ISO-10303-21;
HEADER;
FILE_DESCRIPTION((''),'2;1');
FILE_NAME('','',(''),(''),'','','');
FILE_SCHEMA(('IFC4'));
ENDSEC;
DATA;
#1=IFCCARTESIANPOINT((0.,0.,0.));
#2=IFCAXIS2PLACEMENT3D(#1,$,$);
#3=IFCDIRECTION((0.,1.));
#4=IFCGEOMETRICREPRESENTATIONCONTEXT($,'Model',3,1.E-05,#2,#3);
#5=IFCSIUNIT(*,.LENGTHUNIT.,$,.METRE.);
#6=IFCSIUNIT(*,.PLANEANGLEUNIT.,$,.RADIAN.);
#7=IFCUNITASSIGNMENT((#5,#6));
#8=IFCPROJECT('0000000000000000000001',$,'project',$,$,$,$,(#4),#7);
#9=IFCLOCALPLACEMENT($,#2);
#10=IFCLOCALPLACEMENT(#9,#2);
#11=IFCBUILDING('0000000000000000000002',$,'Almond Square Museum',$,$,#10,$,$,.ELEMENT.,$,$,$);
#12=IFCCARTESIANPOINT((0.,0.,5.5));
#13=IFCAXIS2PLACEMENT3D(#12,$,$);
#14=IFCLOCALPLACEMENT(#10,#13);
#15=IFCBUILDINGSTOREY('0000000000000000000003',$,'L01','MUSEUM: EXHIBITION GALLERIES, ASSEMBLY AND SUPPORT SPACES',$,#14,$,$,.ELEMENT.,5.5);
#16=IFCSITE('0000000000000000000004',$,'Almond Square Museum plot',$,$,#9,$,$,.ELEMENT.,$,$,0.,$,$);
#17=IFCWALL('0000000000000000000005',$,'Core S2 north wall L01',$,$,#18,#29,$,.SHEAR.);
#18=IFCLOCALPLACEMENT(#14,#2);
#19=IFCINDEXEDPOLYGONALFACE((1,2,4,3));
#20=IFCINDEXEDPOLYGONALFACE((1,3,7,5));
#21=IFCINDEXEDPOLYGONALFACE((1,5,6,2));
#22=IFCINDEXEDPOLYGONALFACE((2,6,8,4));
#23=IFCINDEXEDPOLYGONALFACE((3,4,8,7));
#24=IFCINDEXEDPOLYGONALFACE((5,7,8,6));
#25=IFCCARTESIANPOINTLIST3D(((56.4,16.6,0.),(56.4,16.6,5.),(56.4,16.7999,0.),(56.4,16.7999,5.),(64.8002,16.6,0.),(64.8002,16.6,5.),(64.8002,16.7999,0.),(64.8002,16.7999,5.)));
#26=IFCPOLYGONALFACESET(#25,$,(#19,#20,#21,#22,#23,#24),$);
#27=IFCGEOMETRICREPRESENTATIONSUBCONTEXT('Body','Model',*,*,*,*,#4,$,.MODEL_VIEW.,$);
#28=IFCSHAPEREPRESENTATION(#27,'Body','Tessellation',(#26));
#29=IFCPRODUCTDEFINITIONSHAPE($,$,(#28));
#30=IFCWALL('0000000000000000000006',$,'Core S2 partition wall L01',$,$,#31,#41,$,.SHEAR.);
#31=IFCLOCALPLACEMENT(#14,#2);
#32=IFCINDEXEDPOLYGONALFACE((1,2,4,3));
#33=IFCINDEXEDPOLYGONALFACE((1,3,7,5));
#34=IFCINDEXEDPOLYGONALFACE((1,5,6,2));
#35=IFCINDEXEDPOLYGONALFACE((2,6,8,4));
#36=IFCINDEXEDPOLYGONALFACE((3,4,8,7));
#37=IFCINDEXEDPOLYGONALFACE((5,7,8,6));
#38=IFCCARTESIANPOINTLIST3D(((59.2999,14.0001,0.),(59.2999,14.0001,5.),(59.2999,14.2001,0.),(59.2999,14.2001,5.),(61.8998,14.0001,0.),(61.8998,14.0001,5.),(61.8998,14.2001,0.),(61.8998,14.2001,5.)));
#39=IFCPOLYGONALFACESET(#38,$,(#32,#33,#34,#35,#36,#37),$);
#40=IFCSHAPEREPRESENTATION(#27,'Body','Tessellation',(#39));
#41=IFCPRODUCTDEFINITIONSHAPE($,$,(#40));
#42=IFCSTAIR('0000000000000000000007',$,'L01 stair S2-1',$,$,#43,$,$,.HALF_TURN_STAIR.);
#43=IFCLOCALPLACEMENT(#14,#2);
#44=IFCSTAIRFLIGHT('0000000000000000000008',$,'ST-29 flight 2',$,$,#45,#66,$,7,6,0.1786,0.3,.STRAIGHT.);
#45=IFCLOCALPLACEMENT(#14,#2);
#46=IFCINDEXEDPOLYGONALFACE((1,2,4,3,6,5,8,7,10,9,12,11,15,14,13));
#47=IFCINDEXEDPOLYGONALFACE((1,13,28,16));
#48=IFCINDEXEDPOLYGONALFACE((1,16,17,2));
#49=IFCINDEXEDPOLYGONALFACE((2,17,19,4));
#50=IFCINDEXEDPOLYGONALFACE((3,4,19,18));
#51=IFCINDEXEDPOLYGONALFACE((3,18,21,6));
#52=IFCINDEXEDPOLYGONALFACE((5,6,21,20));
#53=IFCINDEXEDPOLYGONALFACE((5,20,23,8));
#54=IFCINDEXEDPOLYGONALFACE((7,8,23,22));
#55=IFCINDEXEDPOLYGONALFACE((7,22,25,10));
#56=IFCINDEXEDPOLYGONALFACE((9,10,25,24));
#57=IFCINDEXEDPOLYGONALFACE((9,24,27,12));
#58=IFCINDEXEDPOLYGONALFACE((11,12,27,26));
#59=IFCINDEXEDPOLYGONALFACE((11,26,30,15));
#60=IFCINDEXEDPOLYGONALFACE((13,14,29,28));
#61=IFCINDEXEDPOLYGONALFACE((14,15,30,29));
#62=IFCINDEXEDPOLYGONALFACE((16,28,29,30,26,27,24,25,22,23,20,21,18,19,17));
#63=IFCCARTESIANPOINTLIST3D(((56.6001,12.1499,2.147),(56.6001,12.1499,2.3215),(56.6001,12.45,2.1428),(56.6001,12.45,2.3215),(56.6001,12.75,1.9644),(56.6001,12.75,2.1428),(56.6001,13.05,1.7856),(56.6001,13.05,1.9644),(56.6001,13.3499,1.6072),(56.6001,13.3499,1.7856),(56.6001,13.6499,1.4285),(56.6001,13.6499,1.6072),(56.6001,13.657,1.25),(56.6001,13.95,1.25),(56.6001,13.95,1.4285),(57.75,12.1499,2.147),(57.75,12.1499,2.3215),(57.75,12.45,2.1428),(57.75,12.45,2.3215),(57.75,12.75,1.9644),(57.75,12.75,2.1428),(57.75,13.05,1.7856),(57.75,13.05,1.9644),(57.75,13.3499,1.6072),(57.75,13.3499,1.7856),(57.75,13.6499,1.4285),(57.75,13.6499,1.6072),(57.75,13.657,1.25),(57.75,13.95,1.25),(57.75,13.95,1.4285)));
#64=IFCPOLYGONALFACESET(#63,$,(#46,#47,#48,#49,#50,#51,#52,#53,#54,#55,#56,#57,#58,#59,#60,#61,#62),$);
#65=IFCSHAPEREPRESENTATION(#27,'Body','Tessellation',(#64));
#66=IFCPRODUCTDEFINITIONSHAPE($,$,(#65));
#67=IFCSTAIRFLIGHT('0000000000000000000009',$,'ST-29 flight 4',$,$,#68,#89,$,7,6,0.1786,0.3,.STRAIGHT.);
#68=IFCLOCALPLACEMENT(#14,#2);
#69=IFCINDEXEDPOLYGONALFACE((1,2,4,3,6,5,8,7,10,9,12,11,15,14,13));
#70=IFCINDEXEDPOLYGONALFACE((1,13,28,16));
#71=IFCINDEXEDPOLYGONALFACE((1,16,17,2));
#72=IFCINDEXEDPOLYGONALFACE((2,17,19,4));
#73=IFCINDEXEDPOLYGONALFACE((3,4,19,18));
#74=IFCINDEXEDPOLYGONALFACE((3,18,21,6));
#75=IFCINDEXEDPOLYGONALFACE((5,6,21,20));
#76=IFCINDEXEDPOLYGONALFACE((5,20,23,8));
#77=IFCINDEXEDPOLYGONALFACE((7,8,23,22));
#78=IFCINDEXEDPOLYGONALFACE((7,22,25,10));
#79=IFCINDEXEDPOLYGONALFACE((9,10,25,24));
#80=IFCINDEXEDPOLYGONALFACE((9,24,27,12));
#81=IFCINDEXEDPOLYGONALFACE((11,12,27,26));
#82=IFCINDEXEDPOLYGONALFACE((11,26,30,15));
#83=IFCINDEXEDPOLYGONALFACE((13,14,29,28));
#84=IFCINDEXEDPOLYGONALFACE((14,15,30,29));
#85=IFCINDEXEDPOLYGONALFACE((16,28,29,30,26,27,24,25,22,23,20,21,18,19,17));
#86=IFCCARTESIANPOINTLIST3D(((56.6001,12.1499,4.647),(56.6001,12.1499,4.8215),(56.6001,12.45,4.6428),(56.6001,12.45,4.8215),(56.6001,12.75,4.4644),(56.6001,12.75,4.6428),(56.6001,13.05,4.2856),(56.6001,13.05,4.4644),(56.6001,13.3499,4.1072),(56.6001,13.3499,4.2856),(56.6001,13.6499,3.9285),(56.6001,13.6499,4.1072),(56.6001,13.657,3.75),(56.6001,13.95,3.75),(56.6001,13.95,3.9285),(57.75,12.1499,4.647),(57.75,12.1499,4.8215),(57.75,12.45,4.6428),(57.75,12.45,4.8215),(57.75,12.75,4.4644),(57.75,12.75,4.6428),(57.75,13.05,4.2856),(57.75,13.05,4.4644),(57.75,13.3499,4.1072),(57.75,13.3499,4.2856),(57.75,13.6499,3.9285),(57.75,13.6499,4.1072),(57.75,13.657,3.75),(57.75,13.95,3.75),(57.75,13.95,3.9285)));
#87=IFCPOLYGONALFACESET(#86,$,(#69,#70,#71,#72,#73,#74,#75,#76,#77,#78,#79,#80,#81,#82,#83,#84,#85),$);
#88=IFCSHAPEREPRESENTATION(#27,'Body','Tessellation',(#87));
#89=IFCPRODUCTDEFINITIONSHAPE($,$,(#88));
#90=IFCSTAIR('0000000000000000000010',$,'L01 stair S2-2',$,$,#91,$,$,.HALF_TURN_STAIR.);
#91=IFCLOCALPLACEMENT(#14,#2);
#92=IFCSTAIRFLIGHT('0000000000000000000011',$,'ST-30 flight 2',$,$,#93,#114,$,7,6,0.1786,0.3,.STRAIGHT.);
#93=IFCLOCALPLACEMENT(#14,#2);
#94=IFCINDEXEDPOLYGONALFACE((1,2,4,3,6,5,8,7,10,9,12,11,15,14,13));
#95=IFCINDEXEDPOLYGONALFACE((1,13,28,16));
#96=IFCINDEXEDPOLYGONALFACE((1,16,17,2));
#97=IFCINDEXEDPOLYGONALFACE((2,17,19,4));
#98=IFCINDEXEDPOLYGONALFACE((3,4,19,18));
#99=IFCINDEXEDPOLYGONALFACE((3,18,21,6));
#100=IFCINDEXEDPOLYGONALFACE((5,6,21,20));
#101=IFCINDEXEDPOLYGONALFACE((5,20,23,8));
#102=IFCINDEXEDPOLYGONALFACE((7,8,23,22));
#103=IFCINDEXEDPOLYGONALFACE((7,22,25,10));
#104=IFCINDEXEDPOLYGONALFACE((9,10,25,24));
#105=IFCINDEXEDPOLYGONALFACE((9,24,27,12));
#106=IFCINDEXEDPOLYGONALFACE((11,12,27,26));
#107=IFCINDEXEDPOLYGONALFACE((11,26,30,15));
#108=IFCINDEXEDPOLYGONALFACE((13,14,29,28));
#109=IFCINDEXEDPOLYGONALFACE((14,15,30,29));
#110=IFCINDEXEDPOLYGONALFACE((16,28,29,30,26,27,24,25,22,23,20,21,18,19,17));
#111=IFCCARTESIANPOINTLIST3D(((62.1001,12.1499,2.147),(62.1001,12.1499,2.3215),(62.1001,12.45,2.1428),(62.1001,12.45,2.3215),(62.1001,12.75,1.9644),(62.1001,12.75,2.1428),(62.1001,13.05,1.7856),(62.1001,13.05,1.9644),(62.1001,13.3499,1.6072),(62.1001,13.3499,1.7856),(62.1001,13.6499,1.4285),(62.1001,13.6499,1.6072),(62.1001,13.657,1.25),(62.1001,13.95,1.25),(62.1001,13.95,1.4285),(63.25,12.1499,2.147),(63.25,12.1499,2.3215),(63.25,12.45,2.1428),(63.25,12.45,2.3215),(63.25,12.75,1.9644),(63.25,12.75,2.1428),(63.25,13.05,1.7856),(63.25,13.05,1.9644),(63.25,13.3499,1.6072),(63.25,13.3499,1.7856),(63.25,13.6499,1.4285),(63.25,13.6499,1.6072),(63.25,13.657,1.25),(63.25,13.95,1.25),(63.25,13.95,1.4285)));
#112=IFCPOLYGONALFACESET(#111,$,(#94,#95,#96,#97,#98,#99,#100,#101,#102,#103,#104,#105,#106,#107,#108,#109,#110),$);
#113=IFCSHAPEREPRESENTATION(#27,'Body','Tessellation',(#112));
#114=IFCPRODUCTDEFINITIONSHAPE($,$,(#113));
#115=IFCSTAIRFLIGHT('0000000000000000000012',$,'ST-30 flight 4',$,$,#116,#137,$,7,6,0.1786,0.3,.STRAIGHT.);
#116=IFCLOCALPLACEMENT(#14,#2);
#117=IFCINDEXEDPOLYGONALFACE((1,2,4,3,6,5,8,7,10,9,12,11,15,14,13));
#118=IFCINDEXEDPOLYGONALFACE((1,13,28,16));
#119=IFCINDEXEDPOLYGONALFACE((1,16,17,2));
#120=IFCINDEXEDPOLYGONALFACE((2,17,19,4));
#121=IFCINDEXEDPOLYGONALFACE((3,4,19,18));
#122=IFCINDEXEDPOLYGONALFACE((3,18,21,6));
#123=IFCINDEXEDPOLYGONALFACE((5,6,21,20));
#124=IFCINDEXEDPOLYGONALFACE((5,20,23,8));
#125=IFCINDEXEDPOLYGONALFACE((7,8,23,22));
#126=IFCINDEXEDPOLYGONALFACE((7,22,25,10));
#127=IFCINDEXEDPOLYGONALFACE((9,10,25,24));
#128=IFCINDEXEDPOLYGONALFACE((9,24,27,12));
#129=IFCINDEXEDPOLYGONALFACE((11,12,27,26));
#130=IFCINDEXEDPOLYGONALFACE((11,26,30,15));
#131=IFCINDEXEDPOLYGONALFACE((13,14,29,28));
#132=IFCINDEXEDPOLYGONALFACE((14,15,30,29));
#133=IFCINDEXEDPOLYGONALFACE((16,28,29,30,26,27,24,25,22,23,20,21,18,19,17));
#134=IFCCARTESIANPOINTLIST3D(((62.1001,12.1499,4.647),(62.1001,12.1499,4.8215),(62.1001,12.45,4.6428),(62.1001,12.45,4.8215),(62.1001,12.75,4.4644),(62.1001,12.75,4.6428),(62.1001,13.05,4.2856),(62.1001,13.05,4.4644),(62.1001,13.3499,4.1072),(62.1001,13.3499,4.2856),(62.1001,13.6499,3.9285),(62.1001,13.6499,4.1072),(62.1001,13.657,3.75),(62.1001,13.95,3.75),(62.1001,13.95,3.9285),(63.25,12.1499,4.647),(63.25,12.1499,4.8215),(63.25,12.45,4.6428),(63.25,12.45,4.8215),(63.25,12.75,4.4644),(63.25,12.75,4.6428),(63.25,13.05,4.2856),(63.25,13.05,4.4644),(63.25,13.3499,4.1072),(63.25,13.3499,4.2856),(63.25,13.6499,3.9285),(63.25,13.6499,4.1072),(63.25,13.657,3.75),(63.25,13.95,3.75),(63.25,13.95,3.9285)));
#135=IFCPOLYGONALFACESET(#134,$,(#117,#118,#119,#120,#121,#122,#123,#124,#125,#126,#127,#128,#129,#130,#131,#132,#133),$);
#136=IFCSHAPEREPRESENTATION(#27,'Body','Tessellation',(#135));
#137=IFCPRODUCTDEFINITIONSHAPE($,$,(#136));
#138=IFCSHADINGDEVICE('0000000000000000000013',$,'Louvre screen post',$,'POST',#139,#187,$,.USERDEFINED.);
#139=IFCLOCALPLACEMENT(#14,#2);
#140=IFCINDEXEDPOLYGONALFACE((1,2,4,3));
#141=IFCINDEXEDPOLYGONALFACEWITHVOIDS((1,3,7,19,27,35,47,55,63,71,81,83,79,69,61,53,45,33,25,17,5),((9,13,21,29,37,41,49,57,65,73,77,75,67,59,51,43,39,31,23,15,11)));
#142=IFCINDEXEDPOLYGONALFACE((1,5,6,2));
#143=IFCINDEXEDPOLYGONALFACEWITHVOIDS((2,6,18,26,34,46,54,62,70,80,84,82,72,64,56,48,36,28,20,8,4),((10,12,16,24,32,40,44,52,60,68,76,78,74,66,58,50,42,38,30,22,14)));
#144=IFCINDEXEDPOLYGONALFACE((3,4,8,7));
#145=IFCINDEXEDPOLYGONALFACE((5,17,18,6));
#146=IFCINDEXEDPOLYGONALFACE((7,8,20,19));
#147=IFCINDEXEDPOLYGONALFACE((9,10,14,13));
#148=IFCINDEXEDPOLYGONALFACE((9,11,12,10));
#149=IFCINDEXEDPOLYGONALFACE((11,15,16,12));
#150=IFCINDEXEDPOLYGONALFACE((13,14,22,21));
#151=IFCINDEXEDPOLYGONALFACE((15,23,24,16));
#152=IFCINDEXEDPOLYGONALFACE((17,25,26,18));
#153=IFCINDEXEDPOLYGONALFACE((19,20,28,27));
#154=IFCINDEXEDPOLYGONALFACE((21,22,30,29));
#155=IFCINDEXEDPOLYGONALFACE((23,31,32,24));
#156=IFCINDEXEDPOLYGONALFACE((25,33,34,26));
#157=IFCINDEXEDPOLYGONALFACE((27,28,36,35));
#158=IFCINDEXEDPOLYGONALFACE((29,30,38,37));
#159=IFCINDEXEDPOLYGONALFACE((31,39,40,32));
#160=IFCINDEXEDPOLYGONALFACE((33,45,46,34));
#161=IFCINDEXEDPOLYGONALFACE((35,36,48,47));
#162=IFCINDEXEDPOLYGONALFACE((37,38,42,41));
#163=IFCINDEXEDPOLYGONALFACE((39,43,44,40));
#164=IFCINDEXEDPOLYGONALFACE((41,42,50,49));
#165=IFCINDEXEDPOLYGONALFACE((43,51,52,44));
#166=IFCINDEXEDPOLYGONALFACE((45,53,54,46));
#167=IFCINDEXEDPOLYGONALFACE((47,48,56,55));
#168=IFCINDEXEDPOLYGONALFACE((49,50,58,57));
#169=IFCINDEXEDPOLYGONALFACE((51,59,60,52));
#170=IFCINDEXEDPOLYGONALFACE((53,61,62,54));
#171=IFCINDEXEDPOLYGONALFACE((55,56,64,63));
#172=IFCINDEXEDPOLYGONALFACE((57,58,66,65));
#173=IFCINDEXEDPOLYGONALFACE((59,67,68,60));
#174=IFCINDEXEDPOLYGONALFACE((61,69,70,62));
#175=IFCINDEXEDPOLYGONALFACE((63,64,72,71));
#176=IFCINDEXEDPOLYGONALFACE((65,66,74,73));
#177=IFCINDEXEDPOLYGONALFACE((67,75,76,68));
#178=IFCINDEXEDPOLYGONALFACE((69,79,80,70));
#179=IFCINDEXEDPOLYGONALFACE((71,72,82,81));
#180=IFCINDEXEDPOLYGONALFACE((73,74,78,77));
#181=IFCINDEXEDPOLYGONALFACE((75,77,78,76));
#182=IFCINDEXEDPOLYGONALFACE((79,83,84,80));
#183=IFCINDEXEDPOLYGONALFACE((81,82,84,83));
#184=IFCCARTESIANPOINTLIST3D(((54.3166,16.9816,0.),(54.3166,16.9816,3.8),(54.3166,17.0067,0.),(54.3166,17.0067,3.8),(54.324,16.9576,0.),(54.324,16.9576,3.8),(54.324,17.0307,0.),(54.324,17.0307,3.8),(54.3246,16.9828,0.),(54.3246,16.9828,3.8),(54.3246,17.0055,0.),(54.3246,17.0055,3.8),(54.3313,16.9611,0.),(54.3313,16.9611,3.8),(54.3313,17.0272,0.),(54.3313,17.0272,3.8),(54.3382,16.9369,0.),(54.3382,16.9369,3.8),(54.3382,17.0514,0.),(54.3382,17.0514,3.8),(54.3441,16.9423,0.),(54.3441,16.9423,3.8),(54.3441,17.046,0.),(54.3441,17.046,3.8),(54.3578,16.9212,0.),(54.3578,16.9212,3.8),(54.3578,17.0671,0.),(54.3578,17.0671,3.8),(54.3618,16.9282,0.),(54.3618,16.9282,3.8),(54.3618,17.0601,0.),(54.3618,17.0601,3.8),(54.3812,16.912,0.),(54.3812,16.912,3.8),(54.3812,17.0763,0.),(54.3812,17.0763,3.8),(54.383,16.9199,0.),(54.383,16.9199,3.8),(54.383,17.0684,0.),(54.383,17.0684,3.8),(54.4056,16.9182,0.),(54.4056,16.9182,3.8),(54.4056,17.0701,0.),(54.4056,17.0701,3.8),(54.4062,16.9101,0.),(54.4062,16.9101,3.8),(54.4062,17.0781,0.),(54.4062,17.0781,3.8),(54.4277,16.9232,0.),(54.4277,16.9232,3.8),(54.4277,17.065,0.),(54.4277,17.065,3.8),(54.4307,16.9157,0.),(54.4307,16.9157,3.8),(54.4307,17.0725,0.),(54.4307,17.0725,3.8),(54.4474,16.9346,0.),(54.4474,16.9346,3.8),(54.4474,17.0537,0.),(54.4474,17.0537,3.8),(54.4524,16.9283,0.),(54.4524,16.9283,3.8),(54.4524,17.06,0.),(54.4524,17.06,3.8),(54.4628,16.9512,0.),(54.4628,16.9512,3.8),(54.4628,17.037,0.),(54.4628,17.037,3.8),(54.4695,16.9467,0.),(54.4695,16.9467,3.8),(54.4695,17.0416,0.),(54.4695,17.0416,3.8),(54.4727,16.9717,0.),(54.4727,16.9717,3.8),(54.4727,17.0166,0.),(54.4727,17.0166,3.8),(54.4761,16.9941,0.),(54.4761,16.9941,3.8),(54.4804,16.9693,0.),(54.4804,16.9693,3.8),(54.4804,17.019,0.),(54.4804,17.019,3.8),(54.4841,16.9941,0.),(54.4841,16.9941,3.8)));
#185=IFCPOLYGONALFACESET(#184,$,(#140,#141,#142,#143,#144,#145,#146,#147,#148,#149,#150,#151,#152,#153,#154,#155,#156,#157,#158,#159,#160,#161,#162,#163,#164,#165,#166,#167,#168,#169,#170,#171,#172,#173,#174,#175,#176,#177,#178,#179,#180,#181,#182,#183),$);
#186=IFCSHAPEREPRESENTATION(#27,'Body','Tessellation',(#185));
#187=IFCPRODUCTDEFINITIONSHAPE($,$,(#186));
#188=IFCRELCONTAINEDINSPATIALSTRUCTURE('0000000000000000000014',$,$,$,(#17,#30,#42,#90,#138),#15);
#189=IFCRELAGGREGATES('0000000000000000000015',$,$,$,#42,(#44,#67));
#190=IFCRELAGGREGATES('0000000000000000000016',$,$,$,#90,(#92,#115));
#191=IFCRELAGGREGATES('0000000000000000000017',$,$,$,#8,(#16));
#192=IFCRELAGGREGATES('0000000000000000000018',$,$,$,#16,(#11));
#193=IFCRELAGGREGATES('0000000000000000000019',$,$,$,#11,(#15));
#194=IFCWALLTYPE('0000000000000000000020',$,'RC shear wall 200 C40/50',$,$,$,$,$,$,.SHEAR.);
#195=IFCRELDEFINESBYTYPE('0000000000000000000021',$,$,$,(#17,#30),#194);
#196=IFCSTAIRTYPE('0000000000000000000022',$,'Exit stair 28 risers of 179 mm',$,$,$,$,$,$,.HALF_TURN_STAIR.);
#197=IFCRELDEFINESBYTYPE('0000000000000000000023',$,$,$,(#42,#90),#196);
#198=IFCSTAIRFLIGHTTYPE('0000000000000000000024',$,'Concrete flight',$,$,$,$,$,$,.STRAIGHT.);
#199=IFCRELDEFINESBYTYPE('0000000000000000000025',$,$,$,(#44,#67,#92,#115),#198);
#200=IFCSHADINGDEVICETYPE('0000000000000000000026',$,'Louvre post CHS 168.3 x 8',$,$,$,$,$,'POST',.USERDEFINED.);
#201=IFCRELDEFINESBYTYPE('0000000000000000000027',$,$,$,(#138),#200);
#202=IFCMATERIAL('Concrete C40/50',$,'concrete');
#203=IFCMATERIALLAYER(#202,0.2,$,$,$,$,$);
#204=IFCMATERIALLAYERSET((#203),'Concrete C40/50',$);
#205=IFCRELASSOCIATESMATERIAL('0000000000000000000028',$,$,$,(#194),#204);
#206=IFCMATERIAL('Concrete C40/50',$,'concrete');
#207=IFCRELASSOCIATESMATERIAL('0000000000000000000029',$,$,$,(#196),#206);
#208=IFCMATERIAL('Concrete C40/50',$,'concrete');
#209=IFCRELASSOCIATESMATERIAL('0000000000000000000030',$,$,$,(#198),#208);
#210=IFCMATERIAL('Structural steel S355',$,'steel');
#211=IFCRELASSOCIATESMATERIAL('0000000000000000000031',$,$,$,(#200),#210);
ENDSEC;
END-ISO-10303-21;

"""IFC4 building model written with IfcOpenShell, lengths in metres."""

from ifc_helpers import new_model, si_unit, direction, frame, frame_2d, origin, origin_2d, place, context, subcontext, project, spatial, polyline, rectangle, hollow_circle, outline, extrude, material, layer, layer_set, material_profile, profile_set, type_object, element, aggregate, save


model = new_model("IFC4")

# Units and contexts
model_context = context("Model", 3, precision=1e-05, world=origin(), true_north=direction((0.0, 1.0)))
body_context = subcontext(model_context, "Body", "Model", "MODEL_VIEW")
ifc_project = project(units=[si_unit("LENGTHUNIT", "METRE"), si_unit("PLANEANGLEUNIT", "RADIAN")], contexts=[model_context])

# Site, building, storey
site_placement = place(None, origin())
site = spatial("IfcSite", under=ifc_project, at=site_placement, Name="Almond Square Museum plot", CompositionType="ELEMENT", RefElevation=0.0)
building_placement = place(site_placement, origin())
building = spatial("IfcBuilding", under=site, at=building_placement, Name="Almond Square Museum", CompositionType="ELEMENT")
storey_placement = place(building_placement, frame((0.0, 0.0, 5.5)))
storey = spatial("IfcBuildingStorey", under=building, at=storey_placement, Name="L01", Description="MUSEUM: EXHIBITION GALLERIES, ASSEMBLY AND SUPPORT SPACES", CompositionType="ELEMENT", Elevation=5.5)

# Walls
ifc_material_1 = material(Name="Concrete C40/50", Category="concrete")
ifc_layer = layer(ifc_material_1, 0.2)
ifc_layer_set = layer_set([ifc_layer], Name="Concrete C40/50")
wall_type = type_object("IfcWallType", Name="RC shear wall 200 C40/50", PredefinedType="SHEAR", material=ifc_layer_set)
wall_1_placement = place(storey_placement, frame((56.3999, 16.7, 0.0), z_axis=(0.0, 0.0, 1.0), x_axis=(1.0, 0.0, 0.0)))
element("IfcWall", 1, at=wall_1_placement, inside=storey, type_object=wall_type, Name="Core S2 north wall L01", PredefinedType="SHEAR", context=body_context, shape_type="SweptSolid", body=[
    extrude(rectangle(XDim=8.4001, YDim=0.2, at=frame_2d((4.2002, 0.0))), origin(), (0.0, 0.0, 1.0), 5.0),
])
wall_2_placement = place(storey_placement, frame((59.3, 14.1001, 0.0), z_axis=(0.0, 0.0, 1.0), x_axis=(1.0, 0.0, 0.0)))
element("IfcWall", 2, at=wall_2_placement, inside=storey, type_object=wall_type, Name="Core S2 partition wall L01", PredefinedType="SHEAR", context=body_context, shape_type="SweptSolid", body=[
    extrude(rectangle(XDim=2.5999, YDim=0.2, at=frame_2d((1.2998, 0.0))), origin(), (0.0, 0.0, 1.0), 5.0),
])

# Stairs, stair flights
ifc_material_2 = material(Name="Concrete C40/50", Category="concrete")
stair_type = type_object("IfcStairType", Name="Exit stair 28 risers of 179 mm", PredefinedType="HALF_TURN_STAIR", material=ifc_material_2)
stair_1_placement = place(storey_placement, origin())
stair_1 = element("IfcStair", 3, at=stair_1_placement, inside=storey, type_object=stair_type, Name="L01 stair S2-1", PredefinedType="HALF_TURN_STAIR")
ifc_material_3 = material(Name="Concrete C40/50", Category="concrete")
stair_flight_type = type_object("IfcStairFlightType", Name="Concrete flight", PredefinedType="STRAIGHT", material=ifc_material_3)
stair_flight_1_placement = place(storey_placement, frame((57.175, 13.95, 1.25), z_axis=(0.0, 0.0, 1.0), x_axis=(0.0, -1.0, 0.0)))
stair_flight_1 = element("IfcStairFlight", 4, at=stair_flight_1_placement, type_object=stair_flight_type, Name="ST-29 flight 2", NumberOfRisers=7, NumberOfTreads=6, PredefinedType="STRAIGHT", RiserHeight=0.1786, TreadLength=0.3, context=body_context, shape_type="SweptSolid", body=[
    extrude(outline(polyline([(0.0, 0.0), (0.0, 0.1785), (0.3, 0.1785), (0.3, 0.3572), (0.6001, 0.3572), (0.6001, 0.5356), (0.8999, 0.5356), (0.8999, 0.7144), (1.2, 0.7144), (1.2, 0.8928), (1.5, 0.8928), (1.5, 1.0715), (1.8, 1.0715), (1.8, 1.25), (1.8, 0.897), (0.293, 0.0), (0.0, 0.0)])), frame((0.0, 0.575, 0.0), z_axis=(0.0, -1.0, 0.0), x_axis=(1.0, 0.0, 0.0)), (0.0, 0.0, 1.0), 1.1499),
])
stair_flight_2_placement = place(storey_placement, frame((57.175, 13.95, 3.75), z_axis=(0.0, 0.0, 1.0), x_axis=(0.0, -1.0, 0.0)))
stair_flight_2 = element("IfcStairFlight", 5, at=stair_flight_2_placement, type_object=stair_flight_type, Name="ST-29 flight 4", NumberOfRisers=7, NumberOfTreads=6, PredefinedType="STRAIGHT", RiserHeight=0.1786, TreadLength=0.3, context=body_context, shape_type="SweptSolid", body=[
    extrude(outline(polyline([(0.0, 0.0), (0.0, 0.1785), (0.3, 0.1785), (0.3, 0.3572), (0.6001, 0.3572), (0.6001, 0.5356), (0.8999, 0.5356), (0.8999, 0.7144), (1.2, 0.7144), (1.2, 0.8928), (1.5, 0.8928), (1.5, 1.0715), (1.8, 1.0715), (1.8, 1.25), (1.8, 0.897), (0.293, 0.0), (0.0, 0.0)])), frame((0.0, 0.575, 0.0), z_axis=(0.0, -1.0, 0.0), x_axis=(1.0, 0.0, 0.0)), (0.0, 0.0, 1.0), 1.1499),
])
aggregate(stair_1, [stair_flight_1, stair_flight_2])
stair_2_placement = place(storey_placement, origin())
stair_2 = element("IfcStair", 6, at=stair_2_placement, inside=storey, type_object=stair_type, Name="L01 stair S2-2", PredefinedType="HALF_TURN_STAIR")
stair_flight_3_placement = place(storey_placement, frame((62.675, 13.95, 1.25), z_axis=(0.0, 0.0, 1.0), x_axis=(0.0, -1.0, 0.0)))
stair_flight_3 = element("IfcStairFlight", 7, at=stair_flight_3_placement, type_object=stair_flight_type, Name="ST-30 flight 2", NumberOfRisers=7, NumberOfTreads=6, PredefinedType="STRAIGHT", RiserHeight=0.1786, TreadLength=0.3, context=body_context, shape_type="SweptSolid", body=[
    extrude(outline(polyline([(0.0, 0.0), (0.0, 0.1785), (0.3, 0.1785), (0.3, 0.3572), (0.6001, 0.3572), (0.6001, 0.5356), (0.8999, 0.5356), (0.8999, 0.7144), (1.2, 0.7144), (1.2, 0.8928), (1.5, 0.8928), (1.5, 1.0715), (1.8, 1.0715), (1.8, 1.25), (1.8, 0.897), (0.293, 0.0), (0.0, 0.0)])), frame((0.0, 0.575, 0.0), z_axis=(0.0, -1.0, 0.0), x_axis=(1.0, 0.0, 0.0)), (0.0, 0.0, 1.0), 1.1499),
])
stair_flight_4_placement = place(storey_placement, frame((62.675, 13.95, 3.75), z_axis=(0.0, 0.0, 1.0), x_axis=(0.0, -1.0, 0.0)))
stair_flight_4 = element("IfcStairFlight", 8, at=stair_flight_4_placement, type_object=stair_flight_type, Name="ST-30 flight 4", NumberOfRisers=7, NumberOfTreads=6, PredefinedType="STRAIGHT", RiserHeight=0.1786, TreadLength=0.3, context=body_context, shape_type="SweptSolid", body=[
    extrude(outline(polyline([(0.0, 0.0), (0.0, 0.1785), (0.3, 0.1785), (0.3, 0.3572), (0.6001, 0.3572), (0.6001, 0.5356), (0.8999, 0.5356), (0.8999, 0.7144), (1.2, 0.7144), (1.2, 0.8928), (1.5, 0.8928), (1.5, 1.0715), (1.8, 1.0715), (1.8, 1.25), (1.8, 0.897), (0.293, 0.0), (0.0, 0.0)])), frame((0.0, 0.575, 0.0), z_axis=(0.0, -1.0, 0.0), x_axis=(1.0, 0.0, 0.0)), (0.0, 0.0, 1.0), 1.1499),
])
aggregate(stair_2, [stair_flight_3, stair_flight_4])

# Shading device
ifc_material_4 = material(Name="Structural steel S355", Category="steel")
ifc_material_profile = material_profile(ifc_material_4, hollow_circle(Radius=0.0842, WallThickness=0.0081, at=origin_2d()))
ifc_profile_set = profile_set([ifc_material_profile], Name="Structural steel S355")
shading_device_type = type_object("IfcShadingDeviceType", Name="Louvre post CHS 168.3 x 8", ElementType="POST", PredefinedType="USERDEFINED", material=ifc_profile_set)
shading_device_placement = place(storey_placement, frame((54.3999, 16.9941, 0.0), z_axis=(0.0, 0.0, 1.0), x_axis=(1.0, 0.0, 0.0)))
element("IfcShadingDevice", 9, at=shading_device_placement, inside=storey, type_object=shading_device_type, Name="Louvre screen post", ObjectType="POST", PredefinedType="USERDEFINED", context=body_context, shape_type="SweptSolid", body=[
    extrude(hollow_circle(Radius=0.0842, WallThickness=0.0081, at=origin_2d()), origin(), (0.0, 0.0, 1.0), 3.8),
])

save(model, "model.ifc")
